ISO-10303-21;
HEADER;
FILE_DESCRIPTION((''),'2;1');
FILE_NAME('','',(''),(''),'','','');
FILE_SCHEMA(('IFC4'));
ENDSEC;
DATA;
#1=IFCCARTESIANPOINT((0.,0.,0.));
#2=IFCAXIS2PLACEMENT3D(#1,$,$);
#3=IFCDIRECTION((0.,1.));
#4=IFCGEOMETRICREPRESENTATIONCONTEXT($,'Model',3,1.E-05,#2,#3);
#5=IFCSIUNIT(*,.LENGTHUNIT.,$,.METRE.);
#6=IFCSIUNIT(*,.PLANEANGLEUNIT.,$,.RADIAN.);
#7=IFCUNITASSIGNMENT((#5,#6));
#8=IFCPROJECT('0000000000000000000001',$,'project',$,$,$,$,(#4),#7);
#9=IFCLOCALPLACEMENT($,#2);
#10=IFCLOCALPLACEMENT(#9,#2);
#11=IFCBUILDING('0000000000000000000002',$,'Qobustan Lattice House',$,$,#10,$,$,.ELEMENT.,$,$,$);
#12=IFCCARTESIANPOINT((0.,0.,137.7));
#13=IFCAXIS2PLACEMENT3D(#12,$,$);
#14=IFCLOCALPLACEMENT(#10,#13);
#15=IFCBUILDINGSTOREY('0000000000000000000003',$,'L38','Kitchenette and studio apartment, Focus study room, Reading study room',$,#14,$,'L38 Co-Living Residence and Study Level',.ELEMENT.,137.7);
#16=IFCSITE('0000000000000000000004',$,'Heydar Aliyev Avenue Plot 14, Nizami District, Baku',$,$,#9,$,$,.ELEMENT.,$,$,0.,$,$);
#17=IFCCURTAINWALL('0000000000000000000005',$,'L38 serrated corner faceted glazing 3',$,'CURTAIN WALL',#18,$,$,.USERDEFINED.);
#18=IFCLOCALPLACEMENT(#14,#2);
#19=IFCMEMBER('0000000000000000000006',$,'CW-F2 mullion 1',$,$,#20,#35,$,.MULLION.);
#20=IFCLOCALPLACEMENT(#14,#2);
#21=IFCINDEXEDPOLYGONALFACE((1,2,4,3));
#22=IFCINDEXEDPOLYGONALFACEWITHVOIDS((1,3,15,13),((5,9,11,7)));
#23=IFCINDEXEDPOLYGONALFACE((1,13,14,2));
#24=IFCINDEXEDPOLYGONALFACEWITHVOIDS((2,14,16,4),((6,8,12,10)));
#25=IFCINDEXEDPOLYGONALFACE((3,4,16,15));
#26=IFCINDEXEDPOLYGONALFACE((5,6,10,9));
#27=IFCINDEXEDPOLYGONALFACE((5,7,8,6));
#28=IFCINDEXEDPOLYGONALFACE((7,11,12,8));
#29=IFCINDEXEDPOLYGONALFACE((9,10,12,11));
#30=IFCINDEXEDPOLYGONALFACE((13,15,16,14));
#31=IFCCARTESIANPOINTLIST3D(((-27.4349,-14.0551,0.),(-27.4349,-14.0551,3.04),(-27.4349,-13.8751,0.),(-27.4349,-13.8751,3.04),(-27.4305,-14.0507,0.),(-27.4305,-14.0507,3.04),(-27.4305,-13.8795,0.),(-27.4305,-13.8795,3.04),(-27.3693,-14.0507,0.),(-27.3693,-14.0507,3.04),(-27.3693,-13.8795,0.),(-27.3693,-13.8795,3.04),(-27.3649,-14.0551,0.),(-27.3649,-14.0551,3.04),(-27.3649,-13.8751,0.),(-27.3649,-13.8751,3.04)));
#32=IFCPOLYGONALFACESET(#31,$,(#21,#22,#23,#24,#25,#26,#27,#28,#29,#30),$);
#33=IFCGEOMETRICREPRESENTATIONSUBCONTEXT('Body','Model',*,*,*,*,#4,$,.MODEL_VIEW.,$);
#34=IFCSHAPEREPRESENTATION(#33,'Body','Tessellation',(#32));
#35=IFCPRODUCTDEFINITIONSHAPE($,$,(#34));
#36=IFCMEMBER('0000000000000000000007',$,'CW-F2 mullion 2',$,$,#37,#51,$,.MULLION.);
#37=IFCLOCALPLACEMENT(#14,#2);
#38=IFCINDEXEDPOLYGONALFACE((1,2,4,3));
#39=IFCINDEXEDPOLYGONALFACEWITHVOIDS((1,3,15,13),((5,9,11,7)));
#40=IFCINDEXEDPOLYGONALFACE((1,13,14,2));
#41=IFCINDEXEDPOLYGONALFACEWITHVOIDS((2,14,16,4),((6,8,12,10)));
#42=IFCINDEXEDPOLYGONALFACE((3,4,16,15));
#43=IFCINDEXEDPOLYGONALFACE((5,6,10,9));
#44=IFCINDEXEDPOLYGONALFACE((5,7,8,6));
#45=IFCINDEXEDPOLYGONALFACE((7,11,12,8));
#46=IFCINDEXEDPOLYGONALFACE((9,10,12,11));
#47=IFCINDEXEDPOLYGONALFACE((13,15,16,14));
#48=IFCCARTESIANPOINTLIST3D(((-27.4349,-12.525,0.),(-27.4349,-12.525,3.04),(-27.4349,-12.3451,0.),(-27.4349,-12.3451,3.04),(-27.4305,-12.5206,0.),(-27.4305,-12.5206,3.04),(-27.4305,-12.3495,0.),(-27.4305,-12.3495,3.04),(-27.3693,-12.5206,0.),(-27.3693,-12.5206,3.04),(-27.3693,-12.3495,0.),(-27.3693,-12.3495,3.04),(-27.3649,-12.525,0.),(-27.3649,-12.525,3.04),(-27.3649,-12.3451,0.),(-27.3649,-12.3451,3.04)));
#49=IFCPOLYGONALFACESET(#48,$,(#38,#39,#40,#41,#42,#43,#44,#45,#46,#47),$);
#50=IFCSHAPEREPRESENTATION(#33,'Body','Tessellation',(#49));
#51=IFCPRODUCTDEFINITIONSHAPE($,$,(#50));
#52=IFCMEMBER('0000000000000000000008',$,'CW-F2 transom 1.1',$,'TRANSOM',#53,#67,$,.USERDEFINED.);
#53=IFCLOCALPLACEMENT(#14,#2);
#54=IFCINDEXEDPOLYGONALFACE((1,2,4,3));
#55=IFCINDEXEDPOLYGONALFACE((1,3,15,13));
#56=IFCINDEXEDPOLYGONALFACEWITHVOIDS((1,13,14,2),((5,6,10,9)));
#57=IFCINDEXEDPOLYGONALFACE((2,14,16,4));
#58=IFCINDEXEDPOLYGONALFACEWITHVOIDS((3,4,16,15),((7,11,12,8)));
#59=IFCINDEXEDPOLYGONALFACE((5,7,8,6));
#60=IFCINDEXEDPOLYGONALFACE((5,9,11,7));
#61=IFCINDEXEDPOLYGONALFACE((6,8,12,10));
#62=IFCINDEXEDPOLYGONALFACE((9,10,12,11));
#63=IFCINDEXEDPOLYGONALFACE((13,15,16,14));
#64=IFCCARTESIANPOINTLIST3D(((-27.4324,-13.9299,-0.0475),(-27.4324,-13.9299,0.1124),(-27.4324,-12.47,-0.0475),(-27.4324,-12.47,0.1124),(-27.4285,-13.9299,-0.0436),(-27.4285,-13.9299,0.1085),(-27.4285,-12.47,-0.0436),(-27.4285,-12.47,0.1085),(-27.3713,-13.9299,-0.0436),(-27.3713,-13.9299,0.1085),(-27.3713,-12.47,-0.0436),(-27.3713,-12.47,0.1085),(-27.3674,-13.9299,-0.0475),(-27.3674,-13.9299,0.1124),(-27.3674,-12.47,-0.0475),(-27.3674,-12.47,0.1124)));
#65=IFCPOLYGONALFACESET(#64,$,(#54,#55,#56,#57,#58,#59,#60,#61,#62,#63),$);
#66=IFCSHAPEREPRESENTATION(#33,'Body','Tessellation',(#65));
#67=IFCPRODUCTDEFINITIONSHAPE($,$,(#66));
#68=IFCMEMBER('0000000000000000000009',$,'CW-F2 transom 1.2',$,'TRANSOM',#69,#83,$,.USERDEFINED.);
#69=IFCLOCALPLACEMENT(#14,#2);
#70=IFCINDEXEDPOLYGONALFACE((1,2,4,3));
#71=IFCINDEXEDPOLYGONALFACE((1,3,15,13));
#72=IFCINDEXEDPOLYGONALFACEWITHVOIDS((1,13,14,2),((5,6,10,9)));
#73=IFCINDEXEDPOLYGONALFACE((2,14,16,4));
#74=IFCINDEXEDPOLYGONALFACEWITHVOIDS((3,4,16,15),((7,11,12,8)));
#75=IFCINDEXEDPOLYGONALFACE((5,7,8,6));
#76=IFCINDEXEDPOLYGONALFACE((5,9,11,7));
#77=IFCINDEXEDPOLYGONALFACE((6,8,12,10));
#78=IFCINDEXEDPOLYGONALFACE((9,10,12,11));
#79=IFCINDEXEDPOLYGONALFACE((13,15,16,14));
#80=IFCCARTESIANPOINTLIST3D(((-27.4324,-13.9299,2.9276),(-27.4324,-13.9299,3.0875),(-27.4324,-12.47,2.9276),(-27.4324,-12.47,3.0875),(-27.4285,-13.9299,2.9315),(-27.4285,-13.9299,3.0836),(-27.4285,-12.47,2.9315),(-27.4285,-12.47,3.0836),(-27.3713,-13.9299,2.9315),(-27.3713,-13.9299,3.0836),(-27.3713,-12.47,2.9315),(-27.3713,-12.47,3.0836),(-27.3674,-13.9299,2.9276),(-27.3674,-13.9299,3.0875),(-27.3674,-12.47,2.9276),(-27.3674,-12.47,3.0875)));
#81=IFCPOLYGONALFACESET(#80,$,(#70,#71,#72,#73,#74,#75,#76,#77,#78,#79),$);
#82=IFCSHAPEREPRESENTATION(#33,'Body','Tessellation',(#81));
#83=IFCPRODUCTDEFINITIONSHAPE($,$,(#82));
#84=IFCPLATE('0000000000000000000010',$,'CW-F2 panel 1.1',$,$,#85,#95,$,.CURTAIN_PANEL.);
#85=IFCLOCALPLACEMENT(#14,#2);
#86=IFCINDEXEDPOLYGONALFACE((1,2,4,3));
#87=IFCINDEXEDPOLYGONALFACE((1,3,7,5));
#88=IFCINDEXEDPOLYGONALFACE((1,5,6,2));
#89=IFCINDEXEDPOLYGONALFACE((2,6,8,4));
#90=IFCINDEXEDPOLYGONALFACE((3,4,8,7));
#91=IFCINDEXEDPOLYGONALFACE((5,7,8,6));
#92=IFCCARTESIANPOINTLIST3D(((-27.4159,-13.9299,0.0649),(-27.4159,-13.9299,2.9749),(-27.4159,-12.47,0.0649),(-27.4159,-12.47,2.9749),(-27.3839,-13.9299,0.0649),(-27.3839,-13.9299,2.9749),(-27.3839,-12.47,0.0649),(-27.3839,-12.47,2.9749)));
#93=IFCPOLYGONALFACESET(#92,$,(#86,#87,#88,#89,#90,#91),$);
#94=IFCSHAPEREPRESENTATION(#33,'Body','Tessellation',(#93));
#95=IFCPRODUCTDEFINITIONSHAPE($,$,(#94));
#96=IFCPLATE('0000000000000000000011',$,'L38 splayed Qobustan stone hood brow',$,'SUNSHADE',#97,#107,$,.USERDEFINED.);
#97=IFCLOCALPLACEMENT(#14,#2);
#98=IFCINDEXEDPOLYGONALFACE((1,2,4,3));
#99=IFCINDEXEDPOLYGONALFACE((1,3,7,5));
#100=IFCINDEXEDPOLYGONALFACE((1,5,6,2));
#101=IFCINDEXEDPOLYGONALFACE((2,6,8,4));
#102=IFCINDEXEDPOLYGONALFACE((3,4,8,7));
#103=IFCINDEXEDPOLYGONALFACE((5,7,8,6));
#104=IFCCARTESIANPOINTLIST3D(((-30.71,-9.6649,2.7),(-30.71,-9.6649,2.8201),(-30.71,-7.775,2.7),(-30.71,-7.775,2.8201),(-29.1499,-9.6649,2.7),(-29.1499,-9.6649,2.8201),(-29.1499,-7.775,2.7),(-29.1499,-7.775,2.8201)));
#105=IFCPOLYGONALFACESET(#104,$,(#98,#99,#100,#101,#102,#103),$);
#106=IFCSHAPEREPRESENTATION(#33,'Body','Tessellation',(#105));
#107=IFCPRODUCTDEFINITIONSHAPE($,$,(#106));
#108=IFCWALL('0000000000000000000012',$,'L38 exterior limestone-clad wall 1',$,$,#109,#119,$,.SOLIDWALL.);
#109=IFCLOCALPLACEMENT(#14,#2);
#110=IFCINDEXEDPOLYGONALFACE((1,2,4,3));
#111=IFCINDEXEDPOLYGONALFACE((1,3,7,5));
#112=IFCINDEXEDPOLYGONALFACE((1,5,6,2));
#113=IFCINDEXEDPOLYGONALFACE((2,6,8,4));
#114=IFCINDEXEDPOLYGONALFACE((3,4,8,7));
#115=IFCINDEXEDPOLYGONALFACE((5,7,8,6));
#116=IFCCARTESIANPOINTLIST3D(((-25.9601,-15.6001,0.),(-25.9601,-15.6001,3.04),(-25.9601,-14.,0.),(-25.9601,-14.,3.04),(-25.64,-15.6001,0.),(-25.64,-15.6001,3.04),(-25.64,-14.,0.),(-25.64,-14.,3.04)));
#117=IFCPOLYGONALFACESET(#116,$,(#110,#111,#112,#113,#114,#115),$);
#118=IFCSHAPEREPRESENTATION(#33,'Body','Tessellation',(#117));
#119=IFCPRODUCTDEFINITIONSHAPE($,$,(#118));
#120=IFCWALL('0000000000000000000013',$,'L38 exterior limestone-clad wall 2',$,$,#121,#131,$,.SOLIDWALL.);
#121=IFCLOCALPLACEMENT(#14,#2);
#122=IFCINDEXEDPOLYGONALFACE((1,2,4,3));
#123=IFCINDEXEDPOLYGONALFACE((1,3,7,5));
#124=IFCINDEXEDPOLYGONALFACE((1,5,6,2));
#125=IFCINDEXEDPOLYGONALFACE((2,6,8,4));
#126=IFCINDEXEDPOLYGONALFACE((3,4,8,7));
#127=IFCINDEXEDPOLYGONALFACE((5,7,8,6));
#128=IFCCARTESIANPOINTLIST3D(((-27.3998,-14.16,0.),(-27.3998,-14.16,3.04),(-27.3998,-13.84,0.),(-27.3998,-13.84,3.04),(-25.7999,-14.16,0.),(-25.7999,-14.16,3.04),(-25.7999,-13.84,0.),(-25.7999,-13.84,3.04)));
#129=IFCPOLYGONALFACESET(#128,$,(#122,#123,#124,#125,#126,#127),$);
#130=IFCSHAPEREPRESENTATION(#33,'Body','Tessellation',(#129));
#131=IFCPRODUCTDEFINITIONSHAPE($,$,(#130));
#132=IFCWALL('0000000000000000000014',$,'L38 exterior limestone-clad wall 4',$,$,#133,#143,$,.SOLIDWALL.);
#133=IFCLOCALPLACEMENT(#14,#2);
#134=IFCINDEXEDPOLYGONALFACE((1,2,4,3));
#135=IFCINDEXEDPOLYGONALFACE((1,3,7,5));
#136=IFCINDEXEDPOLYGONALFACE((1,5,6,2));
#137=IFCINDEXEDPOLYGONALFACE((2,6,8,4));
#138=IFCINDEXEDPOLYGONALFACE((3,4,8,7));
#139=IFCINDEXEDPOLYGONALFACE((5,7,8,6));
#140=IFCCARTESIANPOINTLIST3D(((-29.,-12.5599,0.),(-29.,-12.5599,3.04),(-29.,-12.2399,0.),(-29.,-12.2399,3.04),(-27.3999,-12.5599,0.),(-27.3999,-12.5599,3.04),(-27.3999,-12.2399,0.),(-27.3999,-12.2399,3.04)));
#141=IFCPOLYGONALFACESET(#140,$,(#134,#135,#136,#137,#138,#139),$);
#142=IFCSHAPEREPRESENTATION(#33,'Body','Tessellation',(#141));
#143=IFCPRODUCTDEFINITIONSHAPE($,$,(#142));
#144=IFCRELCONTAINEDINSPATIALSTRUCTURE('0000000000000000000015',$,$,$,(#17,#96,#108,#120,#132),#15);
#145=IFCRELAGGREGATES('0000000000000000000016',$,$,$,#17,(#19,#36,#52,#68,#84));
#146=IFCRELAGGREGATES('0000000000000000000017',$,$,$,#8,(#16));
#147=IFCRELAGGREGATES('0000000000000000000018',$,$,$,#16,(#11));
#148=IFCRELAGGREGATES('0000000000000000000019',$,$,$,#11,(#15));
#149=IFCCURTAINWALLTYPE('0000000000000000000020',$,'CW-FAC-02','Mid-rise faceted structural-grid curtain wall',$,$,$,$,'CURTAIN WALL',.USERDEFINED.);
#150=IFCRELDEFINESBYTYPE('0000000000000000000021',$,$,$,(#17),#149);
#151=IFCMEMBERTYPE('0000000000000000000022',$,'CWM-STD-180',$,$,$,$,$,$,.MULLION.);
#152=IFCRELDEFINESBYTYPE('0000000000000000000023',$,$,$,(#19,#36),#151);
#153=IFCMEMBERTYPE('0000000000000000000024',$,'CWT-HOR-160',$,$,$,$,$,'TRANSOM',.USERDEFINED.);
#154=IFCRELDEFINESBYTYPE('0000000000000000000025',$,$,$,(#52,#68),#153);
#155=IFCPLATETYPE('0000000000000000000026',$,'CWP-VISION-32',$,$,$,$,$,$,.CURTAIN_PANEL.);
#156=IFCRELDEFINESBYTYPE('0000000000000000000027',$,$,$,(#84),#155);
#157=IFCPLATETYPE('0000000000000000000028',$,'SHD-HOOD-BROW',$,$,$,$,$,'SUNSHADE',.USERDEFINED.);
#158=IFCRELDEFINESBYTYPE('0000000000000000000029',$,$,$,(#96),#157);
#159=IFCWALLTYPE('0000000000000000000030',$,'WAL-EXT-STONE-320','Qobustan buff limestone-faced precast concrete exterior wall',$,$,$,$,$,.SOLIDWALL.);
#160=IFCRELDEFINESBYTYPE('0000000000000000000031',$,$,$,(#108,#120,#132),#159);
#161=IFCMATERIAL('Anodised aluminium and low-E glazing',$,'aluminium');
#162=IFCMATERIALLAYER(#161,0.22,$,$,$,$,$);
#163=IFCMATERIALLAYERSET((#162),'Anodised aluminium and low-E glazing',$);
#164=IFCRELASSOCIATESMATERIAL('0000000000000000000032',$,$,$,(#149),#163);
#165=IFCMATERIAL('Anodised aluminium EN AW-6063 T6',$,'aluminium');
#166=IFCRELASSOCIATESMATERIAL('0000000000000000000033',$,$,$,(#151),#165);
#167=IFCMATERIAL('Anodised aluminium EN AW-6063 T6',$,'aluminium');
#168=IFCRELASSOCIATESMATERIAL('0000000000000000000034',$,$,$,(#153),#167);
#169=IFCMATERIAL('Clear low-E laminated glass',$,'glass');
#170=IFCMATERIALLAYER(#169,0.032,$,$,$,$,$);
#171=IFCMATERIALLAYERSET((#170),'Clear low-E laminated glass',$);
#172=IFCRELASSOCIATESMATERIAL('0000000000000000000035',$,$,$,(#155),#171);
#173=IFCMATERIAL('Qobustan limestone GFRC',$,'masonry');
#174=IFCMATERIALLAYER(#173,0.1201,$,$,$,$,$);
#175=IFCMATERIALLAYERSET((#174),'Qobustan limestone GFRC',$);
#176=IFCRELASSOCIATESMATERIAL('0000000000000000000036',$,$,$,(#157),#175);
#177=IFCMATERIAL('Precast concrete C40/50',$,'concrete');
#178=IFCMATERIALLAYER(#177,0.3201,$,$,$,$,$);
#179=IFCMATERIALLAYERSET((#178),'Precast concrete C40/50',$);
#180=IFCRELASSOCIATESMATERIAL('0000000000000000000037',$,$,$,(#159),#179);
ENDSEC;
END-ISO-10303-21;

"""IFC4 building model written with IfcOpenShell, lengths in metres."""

from ifc_helpers import new_model, si_unit, direction, frame, frame_2d, origin, origin_2d, place, context, subcontext, project, spatial, rectangle, hollow_rectangle, extrude, material, layer, layer_set, material_profile, profile_set, type_object, element, aggregate, save


model = new_model("IFC4")

# Units and contexts
model_context = context("Model", 3, precision=1e-05, world=origin(), true_north=direction((0.0, 1.0)))
body_context = subcontext(model_context, "Body", "Model", "MODEL_VIEW")
ifc_project = project(units=[si_unit("LENGTHUNIT", "METRE"), si_unit("PLANEANGLEUNIT", "RADIAN")], contexts=[model_context])

# Site, building, storey
site_placement = place(None, origin())
site = spatial("IfcSite", under=ifc_project, at=site_placement, Name="Heydar Aliyev Avenue Plot 14, Nizami District, Baku", CompositionType="ELEMENT", RefElevation=0.0)
building_placement = place(site_placement, origin())
building = spatial("IfcBuilding", under=site, at=building_placement, Name="Qobustan Lattice House", CompositionType="ELEMENT")
storey_placement = place(building_placement, frame((0.0, 0.0, 137.7)))
storey = spatial("IfcBuildingStorey", under=building, at=storey_placement, Name="L38", Description="Kitchenette and studio apartment, Focus study room, Reading study room", LongName="L38 Co-Living Residence and Study Level", CompositionType="ELEMENT", Elevation=137.7)

# Curtain wall, members, plate
ifc_material_1 = material(Name="Anodised aluminium and low-E glazing", Category="aluminium")
ifc_layer_1 = layer(ifc_material_1, 0.22)
ifc_layer_set_1 = layer_set([ifc_layer_1], Name="Anodised aluminium and low-E glazing")
curtain_wall_type = type_object("IfcCurtainWallType", Name="CW-FAC-02", Description="Mid-rise faceted structural-grid curtain wall", ElementType="CURTAIN WALL", PredefinedType="USERDEFINED", material=ifc_layer_set_1)
curtain_wall_placement = place(storey_placement, origin())
curtain_wall = element("IfcCurtainWall", 1, at=curtain_wall_placement, inside=storey, type_object=curtain_wall_type, Name="L38 serrated corner faceted glazing 3", ObjectType="CURTAIN WALL", PredefinedType="USERDEFINED")
ifc_material_2 = material(Name="Anodised aluminium EN AW-6063 T6", Category="aluminium")
ifc_material_profile_1 = material_profile(ifc_material_2, hollow_rectangle(XDim=0.0701, YDim=0.1799, WallThickness=0.0044, at=origin_2d()), Name="CWM-180x70")
ifc_profile_set_1 = profile_set([ifc_material_profile_1], Name="Anodised aluminium EN AW-6063 T6")
member_type_1 = type_object("IfcMemberType", Name="CWM-STD-180", PredefinedType="MULLION", material=ifc_profile_set_1)
member_1_placement = place(storey_placement, frame((-27.3999, -13.9651, 0.0), z_axis=(0.0, 0.0, 1.0), x_axis=(-1.0, 0.0, 0.0)))
member_1 = element("IfcMember", 2, at=member_1_placement, type_object=member_type_1, Name="CW-F2 mullion 1", PredefinedType="MULLION", context=body_context, shape_type="SweptSolid", body=[
    extrude(hollow_rectangle(XDim=0.0701, YDim=0.1799, WallThickness=0.0044, at=origin_2d()), origin(), (0.0, 0.0, 1.0), 3.04),
])
member_2_placement = place(storey_placement, frame((-27.3999, -12.4351, 0.0), z_axis=(0.0, 0.0, 1.0), x_axis=(-1.0, 0.0, 0.0)))
member_2 = element("IfcMember", 3, at=member_2_placement, type_object=member_type_1, Name="CW-F2 mullion 2", PredefinedType="MULLION", context=body_context, shape_type="SweptSolid", body=[
    extrude(hollow_rectangle(XDim=0.0701, YDim=0.1799, WallThickness=0.0044, at=origin_2d()), origin(), (0.0, 0.0, 1.0), 3.04),
])
ifc_material_3 = material(Name="Anodised aluminium EN AW-6063 T6", Category="aluminium")
ifc_material_profile_2 = material_profile(ifc_material_3, hollow_rectangle(XDim=0.0649, YDim=0.1599, WallThickness=0.0039, at=origin_2d()), Name="CWT-160x65")
ifc_profile_set_2 = profile_set([ifc_material_profile_2], Name="Anodised aluminium EN AW-6063 T6")
member_type_2 = type_object("IfcMemberType", Name="CWT-HOR-160", ElementType="TRANSOM", PredefinedType="USERDEFINED", material=ifc_profile_set_2)
member_3_placement = place(storey_placement, frame((-27.3999, -13.9299, 0.0325), z_axis=(0.0, 1.0, 0.0), x_axis=(-1.0, 0.0, 0.0)))
member_3 = element("IfcMember", 4, at=member_3_placement, type_object=member_type_2, Name="CW-F2 transom 1.1", ObjectType="TRANSOM", PredefinedType="USERDEFINED", context=body_context, shape_type="SweptSolid", body=[
    extrude(hollow_rectangle(XDim=0.0649, YDim=0.1599, WallThickness=0.0039, at=origin_2d()), origin(), (0.0, 0.0, 1.0), 1.46),
])
member_4_placement = place(storey_placement, frame((-27.3999, -13.9299, 3.0076), z_axis=(0.0, 1.0, 0.0), x_axis=(-1.0, 0.0, 0.0)))
member_4 = element("IfcMember", 5, at=member_4_placement, type_object=member_type_2, Name="CW-F2 transom 1.2", ObjectType="TRANSOM", PredefinedType="USERDEFINED", context=body_context, shape_type="SweptSolid", body=[
    extrude(hollow_rectangle(XDim=0.0649, YDim=0.1599, WallThickness=0.0039, at=origin_2d()), origin(), (0.0, 0.0, 1.0), 1.46),
])
ifc_material_4 = material(Name="Clear low-E laminated glass", Category="glass")
ifc_layer_2 = layer(ifc_material_4, 0.032)
ifc_layer_set_2 = layer_set([ifc_layer_2], Name="Clear low-E laminated glass")
plate_type_1 = type_object("IfcPlateType", Name="CWP-VISION-32", PredefinedType="CURTAIN_PANEL", material=ifc_layer_set_2)
plate_1_placement = place(storey_placement, frame((-27.3999, -13.2, 0.0649), z_axis=(0.0, 0.0, 1.0), x_axis=(0.0, 1.0, 0.0)))
plate_1 = element("IfcPlate", 6, at=plate_1_placement, type_object=plate_type_1, Name="CW-F2 panel 1.1", PredefinedType="CURTAIN_PANEL", context=body_context, shape_type="SweptSolid", body=[
    extrude(rectangle(XDim=1.46, YDim=0.032, at=origin_2d()), origin(), (0.0, 0.0, 1.0), 2.9099),
])
aggregate(curtain_wall, [member_1, member_2, member_3, member_4, plate_1])

# Plate
ifc_material_5 = material(Name="Qobustan limestone GFRC", Category="masonry")
ifc_layer_3 = layer(ifc_material_5, 0.1201)
ifc_layer_set_3 = layer_set([ifc_layer_3], Name="Qobustan limestone GFRC")
plate_type_2 = type_object("IfcPlateType", Name="SHD-HOOD-BROW", ElementType="SUNSHADE", PredefinedType="USERDEFINED", material=ifc_layer_set_3)
plate_2_placement = place(storey_placement, frame((-29.9299, -8.72, 2.7), z_axis=(0.0, 0.0, 1.0), x_axis=(0.0, 1.0, 0.0)))
element("IfcPlate", 7, at=plate_2_placement, inside=storey, type_object=plate_type_2, Name="L38 splayed Qobustan stone hood brow", ObjectType="SUNSHADE", PredefinedType="USERDEFINED", context=body_context, shape_type="SweptSolid", body=[
    extrude(rectangle(XDim=1.8899, YDim=1.5601, at=origin_2d()), origin(), (0.0, 0.0, 1.0), 0.1201),
])

# Walls
ifc_material_6 = material(Name="Precast concrete C40/50", Category="concrete")
ifc_layer_4 = layer(ifc_material_6, 0.3201)
ifc_layer_set_4 = layer_set([ifc_layer_4], Name="Precast concrete C40/50")
wall_type = type_object("IfcWallType", Name="WAL-EXT-STONE-320", Description="Qobustan buff limestone-faced precast concrete exterior wall", PredefinedType="SOLIDWALL", material=ifc_layer_set_4)
wall_1_placement = place(storey_placement, frame((-25.8, -15.6001, 0.0), z_axis=(0.0, 0.0, 1.0), x_axis=(0.0, 1.0, 0.0)))
element("IfcWall", 8, at=wall_1_placement, inside=storey, type_object=wall_type, Name="L38 exterior limestone-clad wall 1", PredefinedType="SOLIDWALL", context=body_context, shape_type="SweptSolid", body=[
    extrude(rectangle(XDim=1.6001, YDim=0.3201, at=frame_2d((0.8, 0.0))), origin(), (0.0, 0.0, 1.0), 3.04),
])
wall_2_placement = place(storey_placement, frame((-25.8, -14.0, 0.0), z_axis=(0.0, 0.0, 1.0), x_axis=(-1.0, 0.0, 0.0)))
element("IfcWall", 9, at=wall_2_placement, inside=storey, type_object=wall_type, Name="L38 exterior limestone-clad wall 2", PredefinedType="SOLIDWALL", context=body_context, shape_type="SweptSolid", body=[
    extrude(rectangle(XDim=1.5999, YDim=0.3201, at=frame_2d((0.7998, 0.0))), origin(), (0.0, 0.0, 1.0), 3.04),
])
wall_3_placement = place(storey_placement, frame((-27.3999, -12.3999, 0.0), z_axis=(0.0, 0.0, 1.0), x_axis=(-1.0, 0.0, 0.0)))
element("IfcWall", 10, at=wall_3_placement, inside=storey, type_object=wall_type, Name="L38 exterior limestone-clad wall 4", PredefinedType="SOLIDWALL", context=body_context, shape_type="SweptSolid", body=[
    extrude(rectangle(XDim=1.6001, YDim=0.3201, at=frame_2d((0.8, 0.0))), origin(), (0.0, 0.0, 1.0), 3.04),
])

save(model, "model.ifc")
